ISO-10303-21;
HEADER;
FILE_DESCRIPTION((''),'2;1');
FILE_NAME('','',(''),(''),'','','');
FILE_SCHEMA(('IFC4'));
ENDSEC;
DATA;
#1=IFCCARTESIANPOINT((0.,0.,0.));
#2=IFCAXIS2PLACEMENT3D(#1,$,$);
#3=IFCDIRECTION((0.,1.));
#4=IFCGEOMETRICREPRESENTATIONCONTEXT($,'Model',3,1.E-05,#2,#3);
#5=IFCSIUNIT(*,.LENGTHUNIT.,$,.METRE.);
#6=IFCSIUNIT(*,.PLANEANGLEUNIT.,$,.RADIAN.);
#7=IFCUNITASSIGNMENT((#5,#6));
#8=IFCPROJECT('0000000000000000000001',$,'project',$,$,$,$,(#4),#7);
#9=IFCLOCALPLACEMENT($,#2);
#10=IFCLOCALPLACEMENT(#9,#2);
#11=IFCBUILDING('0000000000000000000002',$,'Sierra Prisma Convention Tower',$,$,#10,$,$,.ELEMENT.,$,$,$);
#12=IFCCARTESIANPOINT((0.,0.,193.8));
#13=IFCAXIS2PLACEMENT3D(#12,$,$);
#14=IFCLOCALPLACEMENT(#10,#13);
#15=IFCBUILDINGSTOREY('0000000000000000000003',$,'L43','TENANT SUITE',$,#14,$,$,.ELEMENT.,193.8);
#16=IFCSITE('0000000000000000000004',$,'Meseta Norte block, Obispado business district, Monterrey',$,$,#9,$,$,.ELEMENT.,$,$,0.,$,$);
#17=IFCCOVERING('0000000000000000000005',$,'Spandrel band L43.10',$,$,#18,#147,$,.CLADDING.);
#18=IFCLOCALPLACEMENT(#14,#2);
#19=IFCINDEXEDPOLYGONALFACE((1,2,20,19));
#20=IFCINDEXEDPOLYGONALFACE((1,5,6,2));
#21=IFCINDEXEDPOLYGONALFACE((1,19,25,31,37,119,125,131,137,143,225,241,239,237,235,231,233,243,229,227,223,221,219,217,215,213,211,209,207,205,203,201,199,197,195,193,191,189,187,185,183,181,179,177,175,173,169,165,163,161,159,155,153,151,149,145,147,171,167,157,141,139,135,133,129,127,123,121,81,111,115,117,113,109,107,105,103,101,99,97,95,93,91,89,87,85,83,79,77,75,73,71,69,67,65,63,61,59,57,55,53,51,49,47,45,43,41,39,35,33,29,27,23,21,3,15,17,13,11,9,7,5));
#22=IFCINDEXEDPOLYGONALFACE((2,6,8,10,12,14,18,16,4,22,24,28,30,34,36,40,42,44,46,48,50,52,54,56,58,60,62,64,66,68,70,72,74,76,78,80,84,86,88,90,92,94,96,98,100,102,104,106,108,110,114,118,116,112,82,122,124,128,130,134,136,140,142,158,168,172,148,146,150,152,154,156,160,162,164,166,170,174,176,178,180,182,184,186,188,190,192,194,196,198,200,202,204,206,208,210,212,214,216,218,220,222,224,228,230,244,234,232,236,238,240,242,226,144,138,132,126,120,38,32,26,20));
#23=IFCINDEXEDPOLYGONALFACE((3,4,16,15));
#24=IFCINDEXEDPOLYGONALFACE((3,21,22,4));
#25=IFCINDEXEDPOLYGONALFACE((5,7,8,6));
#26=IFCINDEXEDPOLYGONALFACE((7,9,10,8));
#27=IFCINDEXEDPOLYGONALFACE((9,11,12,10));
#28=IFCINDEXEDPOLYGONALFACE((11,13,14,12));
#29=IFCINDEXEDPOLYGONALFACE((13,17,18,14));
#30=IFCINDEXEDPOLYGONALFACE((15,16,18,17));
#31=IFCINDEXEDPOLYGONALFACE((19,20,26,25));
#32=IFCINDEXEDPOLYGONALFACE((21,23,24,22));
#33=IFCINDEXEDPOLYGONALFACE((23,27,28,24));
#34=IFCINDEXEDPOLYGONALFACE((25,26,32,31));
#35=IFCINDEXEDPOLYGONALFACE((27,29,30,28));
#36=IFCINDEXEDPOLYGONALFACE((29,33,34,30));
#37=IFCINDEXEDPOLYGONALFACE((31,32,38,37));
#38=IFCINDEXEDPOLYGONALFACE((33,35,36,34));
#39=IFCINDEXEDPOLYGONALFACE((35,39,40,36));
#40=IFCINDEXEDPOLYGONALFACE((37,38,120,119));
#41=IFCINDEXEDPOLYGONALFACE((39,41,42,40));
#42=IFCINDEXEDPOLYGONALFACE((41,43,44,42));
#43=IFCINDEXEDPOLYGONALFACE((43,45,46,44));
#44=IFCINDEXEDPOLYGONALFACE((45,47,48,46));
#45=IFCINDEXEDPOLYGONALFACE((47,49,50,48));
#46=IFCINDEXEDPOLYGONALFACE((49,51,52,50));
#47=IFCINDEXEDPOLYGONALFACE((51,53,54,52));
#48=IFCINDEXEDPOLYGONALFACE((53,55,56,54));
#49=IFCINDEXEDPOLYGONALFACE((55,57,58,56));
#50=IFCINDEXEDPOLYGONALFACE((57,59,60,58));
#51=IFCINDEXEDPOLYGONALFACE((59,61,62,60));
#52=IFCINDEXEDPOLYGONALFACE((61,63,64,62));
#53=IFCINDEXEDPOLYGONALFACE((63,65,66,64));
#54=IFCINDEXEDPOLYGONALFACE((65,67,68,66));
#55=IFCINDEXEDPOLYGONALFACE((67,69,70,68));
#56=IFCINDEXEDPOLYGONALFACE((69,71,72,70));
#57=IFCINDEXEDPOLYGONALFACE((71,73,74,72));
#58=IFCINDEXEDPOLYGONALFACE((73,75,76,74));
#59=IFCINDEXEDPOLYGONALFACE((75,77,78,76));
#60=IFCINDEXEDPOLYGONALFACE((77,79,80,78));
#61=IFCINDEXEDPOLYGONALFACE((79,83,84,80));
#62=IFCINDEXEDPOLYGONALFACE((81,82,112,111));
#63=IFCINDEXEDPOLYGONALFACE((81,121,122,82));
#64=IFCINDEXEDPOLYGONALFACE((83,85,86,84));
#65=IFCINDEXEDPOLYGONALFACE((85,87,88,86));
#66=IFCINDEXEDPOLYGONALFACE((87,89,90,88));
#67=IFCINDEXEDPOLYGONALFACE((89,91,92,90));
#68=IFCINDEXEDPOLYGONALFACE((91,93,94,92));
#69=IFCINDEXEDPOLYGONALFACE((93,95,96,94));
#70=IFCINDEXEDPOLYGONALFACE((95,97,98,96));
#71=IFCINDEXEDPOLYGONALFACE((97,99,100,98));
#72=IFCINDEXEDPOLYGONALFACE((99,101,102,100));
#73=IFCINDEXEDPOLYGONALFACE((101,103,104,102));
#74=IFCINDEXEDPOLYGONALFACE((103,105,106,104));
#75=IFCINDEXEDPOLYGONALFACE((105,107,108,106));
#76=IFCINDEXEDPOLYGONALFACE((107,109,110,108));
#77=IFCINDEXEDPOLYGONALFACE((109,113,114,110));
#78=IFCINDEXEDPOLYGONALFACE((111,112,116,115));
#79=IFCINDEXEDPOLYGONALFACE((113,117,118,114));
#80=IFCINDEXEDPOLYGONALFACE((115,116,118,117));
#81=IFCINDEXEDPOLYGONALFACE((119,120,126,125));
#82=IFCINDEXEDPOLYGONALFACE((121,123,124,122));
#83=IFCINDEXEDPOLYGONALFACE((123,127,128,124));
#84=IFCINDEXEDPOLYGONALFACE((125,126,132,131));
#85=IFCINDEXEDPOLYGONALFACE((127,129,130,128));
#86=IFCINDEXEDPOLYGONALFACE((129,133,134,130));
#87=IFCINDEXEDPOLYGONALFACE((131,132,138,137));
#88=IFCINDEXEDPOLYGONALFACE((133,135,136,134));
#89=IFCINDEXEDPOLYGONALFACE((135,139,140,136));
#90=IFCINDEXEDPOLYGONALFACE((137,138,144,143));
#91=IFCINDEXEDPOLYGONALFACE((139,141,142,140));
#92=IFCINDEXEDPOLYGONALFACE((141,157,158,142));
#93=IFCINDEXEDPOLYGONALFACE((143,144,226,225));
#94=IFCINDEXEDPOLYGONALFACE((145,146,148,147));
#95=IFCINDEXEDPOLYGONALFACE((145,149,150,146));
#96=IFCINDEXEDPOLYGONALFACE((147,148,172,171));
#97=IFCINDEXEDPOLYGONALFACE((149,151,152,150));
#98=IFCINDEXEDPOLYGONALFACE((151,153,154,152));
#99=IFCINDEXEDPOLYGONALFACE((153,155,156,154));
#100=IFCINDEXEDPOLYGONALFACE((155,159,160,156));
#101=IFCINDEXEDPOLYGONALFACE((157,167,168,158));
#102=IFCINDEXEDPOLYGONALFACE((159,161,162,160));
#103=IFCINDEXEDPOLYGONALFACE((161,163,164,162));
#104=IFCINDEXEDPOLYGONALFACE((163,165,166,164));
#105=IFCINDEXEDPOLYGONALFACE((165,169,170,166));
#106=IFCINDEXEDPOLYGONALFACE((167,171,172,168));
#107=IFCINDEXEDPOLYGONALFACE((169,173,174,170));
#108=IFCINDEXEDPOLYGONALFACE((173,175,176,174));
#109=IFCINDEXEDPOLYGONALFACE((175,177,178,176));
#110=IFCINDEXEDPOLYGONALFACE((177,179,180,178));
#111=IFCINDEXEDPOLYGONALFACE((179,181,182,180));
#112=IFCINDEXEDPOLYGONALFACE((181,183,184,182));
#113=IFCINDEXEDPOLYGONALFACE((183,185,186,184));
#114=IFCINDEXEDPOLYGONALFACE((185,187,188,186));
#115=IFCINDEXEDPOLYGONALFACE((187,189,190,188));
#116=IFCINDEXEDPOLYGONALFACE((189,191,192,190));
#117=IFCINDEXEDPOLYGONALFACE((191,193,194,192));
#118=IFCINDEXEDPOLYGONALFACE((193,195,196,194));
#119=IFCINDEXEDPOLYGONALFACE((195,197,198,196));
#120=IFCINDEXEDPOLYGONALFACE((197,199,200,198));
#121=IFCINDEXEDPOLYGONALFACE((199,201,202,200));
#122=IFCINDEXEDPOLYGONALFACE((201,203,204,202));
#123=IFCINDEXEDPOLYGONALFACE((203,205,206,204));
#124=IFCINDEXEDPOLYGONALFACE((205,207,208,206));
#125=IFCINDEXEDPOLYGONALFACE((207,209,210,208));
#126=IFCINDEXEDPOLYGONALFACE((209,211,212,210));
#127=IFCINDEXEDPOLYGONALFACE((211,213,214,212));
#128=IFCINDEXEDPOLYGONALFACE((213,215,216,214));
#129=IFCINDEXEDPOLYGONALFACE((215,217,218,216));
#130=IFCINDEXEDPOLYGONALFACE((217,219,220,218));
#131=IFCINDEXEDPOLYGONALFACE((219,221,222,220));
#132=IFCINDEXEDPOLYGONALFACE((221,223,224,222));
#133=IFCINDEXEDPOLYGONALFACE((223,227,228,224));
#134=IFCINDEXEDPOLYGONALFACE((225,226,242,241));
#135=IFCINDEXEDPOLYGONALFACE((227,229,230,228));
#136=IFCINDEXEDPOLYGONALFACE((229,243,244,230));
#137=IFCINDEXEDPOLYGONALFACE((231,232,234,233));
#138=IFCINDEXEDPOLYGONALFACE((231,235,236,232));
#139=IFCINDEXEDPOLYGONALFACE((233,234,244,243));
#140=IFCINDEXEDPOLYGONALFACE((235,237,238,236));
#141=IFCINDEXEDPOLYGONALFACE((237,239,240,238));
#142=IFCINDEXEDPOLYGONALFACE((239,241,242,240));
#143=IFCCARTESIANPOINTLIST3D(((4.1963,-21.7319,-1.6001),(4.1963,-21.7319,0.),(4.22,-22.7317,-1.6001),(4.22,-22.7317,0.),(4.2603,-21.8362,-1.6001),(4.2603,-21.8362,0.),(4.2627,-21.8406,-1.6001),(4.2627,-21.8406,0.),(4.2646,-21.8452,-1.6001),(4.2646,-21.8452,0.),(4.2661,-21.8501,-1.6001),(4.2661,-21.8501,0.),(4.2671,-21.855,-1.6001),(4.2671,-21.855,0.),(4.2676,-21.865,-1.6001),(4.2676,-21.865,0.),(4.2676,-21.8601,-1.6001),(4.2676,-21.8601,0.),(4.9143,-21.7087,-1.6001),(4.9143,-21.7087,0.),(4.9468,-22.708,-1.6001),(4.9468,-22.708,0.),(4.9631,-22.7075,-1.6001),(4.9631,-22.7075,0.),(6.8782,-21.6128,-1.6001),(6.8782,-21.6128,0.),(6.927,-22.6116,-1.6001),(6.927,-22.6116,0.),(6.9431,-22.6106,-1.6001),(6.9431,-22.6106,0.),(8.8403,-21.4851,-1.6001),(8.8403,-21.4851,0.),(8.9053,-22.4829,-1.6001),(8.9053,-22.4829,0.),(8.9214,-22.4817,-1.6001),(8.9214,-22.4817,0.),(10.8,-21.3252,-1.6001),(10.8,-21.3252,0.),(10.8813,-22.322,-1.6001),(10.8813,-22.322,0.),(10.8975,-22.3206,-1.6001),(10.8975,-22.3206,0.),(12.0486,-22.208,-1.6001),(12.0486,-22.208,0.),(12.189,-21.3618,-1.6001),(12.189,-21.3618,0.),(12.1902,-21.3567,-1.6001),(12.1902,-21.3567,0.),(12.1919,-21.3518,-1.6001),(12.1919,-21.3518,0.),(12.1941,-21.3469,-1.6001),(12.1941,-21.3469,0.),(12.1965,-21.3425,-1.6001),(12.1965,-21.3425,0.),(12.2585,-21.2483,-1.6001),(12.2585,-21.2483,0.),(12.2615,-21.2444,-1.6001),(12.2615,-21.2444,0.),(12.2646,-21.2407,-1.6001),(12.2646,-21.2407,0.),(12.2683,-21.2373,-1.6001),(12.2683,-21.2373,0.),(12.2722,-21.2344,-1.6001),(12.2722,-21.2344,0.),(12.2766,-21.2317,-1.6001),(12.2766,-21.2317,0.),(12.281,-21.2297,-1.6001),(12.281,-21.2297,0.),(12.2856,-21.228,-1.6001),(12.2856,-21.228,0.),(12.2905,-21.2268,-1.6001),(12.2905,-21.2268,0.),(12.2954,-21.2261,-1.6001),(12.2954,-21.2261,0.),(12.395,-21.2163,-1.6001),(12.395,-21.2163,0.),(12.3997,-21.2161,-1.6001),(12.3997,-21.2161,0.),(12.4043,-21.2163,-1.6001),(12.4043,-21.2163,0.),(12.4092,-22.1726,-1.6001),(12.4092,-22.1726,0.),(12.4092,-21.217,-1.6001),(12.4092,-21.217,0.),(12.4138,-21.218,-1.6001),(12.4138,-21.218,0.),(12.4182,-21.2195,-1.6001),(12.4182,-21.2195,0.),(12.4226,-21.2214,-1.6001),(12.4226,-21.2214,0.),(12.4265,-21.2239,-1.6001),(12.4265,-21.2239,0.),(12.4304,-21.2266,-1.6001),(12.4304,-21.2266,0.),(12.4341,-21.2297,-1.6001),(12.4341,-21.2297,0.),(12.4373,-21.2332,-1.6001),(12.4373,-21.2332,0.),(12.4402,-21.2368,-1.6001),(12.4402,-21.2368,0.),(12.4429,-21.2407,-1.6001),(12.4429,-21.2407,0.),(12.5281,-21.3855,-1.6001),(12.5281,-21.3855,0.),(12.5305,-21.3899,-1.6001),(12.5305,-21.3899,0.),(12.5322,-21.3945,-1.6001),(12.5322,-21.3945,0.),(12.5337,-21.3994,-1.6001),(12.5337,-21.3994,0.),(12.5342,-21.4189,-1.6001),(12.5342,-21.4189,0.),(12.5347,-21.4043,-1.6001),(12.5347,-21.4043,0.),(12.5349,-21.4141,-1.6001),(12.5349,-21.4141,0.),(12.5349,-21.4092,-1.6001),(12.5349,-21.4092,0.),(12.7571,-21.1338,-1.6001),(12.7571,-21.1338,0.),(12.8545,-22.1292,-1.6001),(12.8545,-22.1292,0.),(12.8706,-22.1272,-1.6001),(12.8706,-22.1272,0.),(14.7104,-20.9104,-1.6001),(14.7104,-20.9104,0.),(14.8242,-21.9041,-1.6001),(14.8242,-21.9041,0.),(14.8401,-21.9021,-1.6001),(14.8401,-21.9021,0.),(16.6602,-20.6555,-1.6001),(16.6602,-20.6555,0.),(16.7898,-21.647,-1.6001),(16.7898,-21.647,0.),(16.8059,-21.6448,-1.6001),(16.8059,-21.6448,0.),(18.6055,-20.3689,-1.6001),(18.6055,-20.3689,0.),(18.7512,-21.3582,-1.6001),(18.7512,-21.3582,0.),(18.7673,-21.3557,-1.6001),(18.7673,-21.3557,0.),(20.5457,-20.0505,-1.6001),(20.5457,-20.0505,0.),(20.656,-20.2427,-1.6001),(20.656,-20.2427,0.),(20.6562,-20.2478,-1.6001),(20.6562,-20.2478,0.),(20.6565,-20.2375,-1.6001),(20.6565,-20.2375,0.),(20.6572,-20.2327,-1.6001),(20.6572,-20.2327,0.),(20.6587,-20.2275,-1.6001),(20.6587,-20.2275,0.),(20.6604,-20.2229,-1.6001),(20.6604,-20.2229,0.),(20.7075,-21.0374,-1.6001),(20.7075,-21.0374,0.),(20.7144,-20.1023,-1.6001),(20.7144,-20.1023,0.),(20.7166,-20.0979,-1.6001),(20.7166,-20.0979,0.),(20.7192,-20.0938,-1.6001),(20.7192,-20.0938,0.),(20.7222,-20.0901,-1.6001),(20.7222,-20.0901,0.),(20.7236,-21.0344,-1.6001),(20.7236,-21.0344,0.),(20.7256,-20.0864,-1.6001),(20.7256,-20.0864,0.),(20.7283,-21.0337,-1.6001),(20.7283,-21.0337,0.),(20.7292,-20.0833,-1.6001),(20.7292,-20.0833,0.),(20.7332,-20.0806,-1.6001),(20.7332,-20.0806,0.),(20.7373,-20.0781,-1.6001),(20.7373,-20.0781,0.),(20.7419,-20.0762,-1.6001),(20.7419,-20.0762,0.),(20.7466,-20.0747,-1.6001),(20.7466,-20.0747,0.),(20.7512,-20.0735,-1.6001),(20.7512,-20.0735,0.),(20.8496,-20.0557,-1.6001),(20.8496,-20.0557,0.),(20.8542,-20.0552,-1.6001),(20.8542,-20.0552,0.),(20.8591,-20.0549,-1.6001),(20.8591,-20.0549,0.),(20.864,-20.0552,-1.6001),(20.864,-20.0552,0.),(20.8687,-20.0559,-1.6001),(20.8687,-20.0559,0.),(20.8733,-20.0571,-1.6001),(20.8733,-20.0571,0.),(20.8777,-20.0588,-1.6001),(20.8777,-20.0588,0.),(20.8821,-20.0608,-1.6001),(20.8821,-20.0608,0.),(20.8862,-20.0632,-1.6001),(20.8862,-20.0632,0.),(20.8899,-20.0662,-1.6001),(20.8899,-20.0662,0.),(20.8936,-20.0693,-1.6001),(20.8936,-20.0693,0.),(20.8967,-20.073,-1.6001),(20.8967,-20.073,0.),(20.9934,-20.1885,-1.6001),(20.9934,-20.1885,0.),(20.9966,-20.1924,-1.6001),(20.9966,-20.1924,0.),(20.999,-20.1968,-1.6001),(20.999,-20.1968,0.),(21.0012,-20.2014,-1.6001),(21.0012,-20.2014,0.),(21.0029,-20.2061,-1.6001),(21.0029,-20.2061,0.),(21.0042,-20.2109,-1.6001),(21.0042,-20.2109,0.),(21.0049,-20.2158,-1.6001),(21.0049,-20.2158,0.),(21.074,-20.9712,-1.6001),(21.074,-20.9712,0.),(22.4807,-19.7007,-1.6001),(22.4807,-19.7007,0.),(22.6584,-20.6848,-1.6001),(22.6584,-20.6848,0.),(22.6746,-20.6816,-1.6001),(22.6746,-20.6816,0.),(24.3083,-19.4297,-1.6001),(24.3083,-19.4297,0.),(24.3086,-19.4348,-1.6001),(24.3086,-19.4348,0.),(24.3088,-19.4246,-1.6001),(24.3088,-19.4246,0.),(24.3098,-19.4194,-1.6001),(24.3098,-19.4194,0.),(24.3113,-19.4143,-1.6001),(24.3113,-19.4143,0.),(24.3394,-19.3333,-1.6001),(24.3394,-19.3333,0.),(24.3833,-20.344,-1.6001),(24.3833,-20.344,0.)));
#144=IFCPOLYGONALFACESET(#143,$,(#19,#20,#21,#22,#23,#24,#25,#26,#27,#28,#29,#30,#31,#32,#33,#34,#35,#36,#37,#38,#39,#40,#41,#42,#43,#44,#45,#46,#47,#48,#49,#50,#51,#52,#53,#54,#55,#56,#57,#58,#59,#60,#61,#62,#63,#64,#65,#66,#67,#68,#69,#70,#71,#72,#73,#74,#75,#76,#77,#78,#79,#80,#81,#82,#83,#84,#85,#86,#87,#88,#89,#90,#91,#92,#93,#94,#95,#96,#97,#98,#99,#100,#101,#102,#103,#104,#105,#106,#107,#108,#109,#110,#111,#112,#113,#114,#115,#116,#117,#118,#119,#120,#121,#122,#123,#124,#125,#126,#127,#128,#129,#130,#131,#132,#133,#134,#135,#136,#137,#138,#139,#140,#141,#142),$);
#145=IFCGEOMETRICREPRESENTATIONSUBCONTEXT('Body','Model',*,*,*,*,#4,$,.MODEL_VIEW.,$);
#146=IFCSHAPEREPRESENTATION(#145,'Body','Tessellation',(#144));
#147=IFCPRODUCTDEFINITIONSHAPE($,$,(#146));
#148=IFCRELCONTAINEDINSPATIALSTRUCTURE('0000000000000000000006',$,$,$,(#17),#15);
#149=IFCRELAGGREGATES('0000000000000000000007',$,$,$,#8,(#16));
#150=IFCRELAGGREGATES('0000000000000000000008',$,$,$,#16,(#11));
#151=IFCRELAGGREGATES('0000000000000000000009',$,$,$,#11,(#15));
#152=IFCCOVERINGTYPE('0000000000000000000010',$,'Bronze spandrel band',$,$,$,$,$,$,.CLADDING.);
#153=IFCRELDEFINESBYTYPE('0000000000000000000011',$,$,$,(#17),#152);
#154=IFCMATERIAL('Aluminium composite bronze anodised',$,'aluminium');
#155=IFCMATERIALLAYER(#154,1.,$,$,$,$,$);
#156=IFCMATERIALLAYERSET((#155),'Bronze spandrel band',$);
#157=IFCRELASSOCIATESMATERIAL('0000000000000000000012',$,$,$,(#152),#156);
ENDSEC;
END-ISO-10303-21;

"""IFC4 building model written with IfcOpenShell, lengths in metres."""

from ifc_helpers import new_model, si_unit, direction, frame, origin, place, context, subcontext, project, spatial, polyline, outline, extrude, material, layer, layer_set, type_object, element, save


model = new_model("IFC4")

# Units and contexts
model_context = context("Model", 3, precision=1e-05, world=origin(), true_north=direction((0.0, 1.0)))
body_context = subcontext(model_context, "Body", "Model", "MODEL_VIEW")
ifc_project = project(units=[si_unit("LENGTHUNIT", "METRE"), si_unit("PLANEANGLEUNIT", "RADIAN")], contexts=[model_context])

# Site, building, storey
site_placement = place(None, origin())
site = spatial("IfcSite", under=ifc_project, at=site_placement, Name="Meseta Norte block, Obispado business district, Monterrey", CompositionType="ELEMENT", RefElevation=0.0)
building_placement = place(site_placement, origin())
building = spatial("IfcBuilding", under=site, at=building_placement, Name="Sierra Prisma Convention Tower", CompositionType="ELEMENT")
storey_placement = place(building_placement, frame((0.0, 0.0, 193.8)))
storey = spatial("IfcBuildingStorey", under=building, at=storey_placement, Name="L43", Description="TENANT SUITE", CompositionType="ELEMENT", Elevation=193.8)

# Covering
ifc_material_1 = material(Name="Aluminium composite bronze anodised", Category="aluminium")
ifc_layer_1 = layer(ifc_material_1, 1.0)
ifc_layer_set_1 = layer_set([ifc_layer_1], Name="Bronze spandrel band")
covering_type_1 = type_object("IfcCoveringType", Name="Bronze spandrel band", PredefinedType="CLADDING", material=ifc_layer_set_1)
covering_1_placement = place(storey_placement, frame((0.0, 0.0, -1.6001)))
element("IfcCovering", 1, at=covering_1_placement, inside=storey, type_object=covering_type_1, Name="Spandrel band L43.10", PredefinedType="CLADDING", context=body_context, shape_type="SweptSolid", body=[
    extrude(outline(polyline([(20.8733, -20.0571), (20.8687, -20.0559), (20.864, -20.0552), (20.8591, -20.0549), (20.8542, -20.0552), (20.8496, -20.0557), (20.7512, -20.0735), (20.7466, -20.0747), (20.7419, -20.0762), (20.7373, -20.0781), (20.7332, -20.0806), (20.7292, -20.0833), (20.7256, -20.0864), (20.7222, -20.0901), (20.7192, -20.0938), (20.7166, -20.0979), (20.7144, -20.1023), (20.6604, -20.2229), (20.6587, -20.2275), (20.6572, -20.2327), (20.6565, -20.2375), (20.656, -20.2427), (20.6562, -20.2478), (20.7283, -21.0337), (20.7236, -21.0344), (20.7075, -21.0374), (18.7673, -21.3557), (18.7512, -21.3582), (16.8059, -21.6448), (16.7898, -21.647), (14.8401, -21.9021), (14.8242, -21.9041), (12.8706, -22.1272), (12.8545, -22.1292), (12.4092, -22.1726), (12.5342, -21.4189), (12.5349, -21.4141), (12.5349, -21.4092), (12.5347, -21.4043), (12.5337, -21.3994), (12.5322, -21.3945), (12.5305, -21.3899), (12.5281, -21.3855), (12.4429, -21.2407), (12.4402, -21.2368), (12.4373, -21.2332), (12.4341, -21.2297), (12.4304, -21.2266), (12.4265, -21.2239), (12.4226, -21.2214), (12.4182, -21.2195), (12.4138, -21.218), (12.4092, -21.217), (12.4043, -21.2163), (12.3997, -21.2161), (12.395, -21.2163), (12.2954, -21.2261), (12.2905, -21.2268), (12.2856, -21.228), (12.281, -21.2297), (12.2766, -21.2317), (12.2722, -21.2344), (12.2683, -21.2373), (12.2646, -21.2407), (12.2615, -21.2444), (12.2585, -21.2483), (12.1965, -21.3425), (12.1941, -21.3469), (12.1919, -21.3518), (12.1902, -21.3567), (12.189, -21.3618), (12.0486, -22.208), (10.8975, -22.3206), (10.8813, -22.322), (8.9214, -22.4817), (8.9053, -22.4829), (6.9431, -22.6106), (6.927, -22.6116), (4.9631, -22.7075), (4.9468, -22.708), (4.22, -22.7317), (4.2676, -21.865), (4.2676, -21.8601), (4.2671, -21.855), (4.2661, -21.8501), (4.2646, -21.8452), (4.2627, -21.8406), (4.2603, -21.8362), (4.1963, -21.7319), (4.9143, -21.7087), (6.8782, -21.6128), (8.8403, -21.4851), (10.8, -21.3252), (12.7571, -21.1338), (14.7104, -20.9104), (16.6602, -20.6555), (18.6055, -20.3689), (20.5457, -20.0505), (22.4807, -19.7007), (24.3394, -19.3333), (24.3113, -19.4143), (24.3098, -19.4194), (24.3088, -19.4246), (24.3083, -19.4297), (24.3086, -19.4348), (24.3833, -20.344), (22.6746, -20.6816), (22.6584, -20.6848), (21.074, -20.9712), (21.0049, -20.2158), (21.0042, -20.2109), (21.0029, -20.2061), (21.0012, -20.2014), (20.999, -20.1968), (20.9966, -20.1924), (20.9934, -20.1885), (20.8967, -20.073), (20.8936, -20.0693), (20.8899, -20.0662), (20.8862, -20.0632), (20.8821, -20.0608), (20.8777, -20.0588), (20.8733, -20.0571)])), origin(), (0.0, 0.0, 1.0), 1.6001),
])

save(model, "model.ifc")
